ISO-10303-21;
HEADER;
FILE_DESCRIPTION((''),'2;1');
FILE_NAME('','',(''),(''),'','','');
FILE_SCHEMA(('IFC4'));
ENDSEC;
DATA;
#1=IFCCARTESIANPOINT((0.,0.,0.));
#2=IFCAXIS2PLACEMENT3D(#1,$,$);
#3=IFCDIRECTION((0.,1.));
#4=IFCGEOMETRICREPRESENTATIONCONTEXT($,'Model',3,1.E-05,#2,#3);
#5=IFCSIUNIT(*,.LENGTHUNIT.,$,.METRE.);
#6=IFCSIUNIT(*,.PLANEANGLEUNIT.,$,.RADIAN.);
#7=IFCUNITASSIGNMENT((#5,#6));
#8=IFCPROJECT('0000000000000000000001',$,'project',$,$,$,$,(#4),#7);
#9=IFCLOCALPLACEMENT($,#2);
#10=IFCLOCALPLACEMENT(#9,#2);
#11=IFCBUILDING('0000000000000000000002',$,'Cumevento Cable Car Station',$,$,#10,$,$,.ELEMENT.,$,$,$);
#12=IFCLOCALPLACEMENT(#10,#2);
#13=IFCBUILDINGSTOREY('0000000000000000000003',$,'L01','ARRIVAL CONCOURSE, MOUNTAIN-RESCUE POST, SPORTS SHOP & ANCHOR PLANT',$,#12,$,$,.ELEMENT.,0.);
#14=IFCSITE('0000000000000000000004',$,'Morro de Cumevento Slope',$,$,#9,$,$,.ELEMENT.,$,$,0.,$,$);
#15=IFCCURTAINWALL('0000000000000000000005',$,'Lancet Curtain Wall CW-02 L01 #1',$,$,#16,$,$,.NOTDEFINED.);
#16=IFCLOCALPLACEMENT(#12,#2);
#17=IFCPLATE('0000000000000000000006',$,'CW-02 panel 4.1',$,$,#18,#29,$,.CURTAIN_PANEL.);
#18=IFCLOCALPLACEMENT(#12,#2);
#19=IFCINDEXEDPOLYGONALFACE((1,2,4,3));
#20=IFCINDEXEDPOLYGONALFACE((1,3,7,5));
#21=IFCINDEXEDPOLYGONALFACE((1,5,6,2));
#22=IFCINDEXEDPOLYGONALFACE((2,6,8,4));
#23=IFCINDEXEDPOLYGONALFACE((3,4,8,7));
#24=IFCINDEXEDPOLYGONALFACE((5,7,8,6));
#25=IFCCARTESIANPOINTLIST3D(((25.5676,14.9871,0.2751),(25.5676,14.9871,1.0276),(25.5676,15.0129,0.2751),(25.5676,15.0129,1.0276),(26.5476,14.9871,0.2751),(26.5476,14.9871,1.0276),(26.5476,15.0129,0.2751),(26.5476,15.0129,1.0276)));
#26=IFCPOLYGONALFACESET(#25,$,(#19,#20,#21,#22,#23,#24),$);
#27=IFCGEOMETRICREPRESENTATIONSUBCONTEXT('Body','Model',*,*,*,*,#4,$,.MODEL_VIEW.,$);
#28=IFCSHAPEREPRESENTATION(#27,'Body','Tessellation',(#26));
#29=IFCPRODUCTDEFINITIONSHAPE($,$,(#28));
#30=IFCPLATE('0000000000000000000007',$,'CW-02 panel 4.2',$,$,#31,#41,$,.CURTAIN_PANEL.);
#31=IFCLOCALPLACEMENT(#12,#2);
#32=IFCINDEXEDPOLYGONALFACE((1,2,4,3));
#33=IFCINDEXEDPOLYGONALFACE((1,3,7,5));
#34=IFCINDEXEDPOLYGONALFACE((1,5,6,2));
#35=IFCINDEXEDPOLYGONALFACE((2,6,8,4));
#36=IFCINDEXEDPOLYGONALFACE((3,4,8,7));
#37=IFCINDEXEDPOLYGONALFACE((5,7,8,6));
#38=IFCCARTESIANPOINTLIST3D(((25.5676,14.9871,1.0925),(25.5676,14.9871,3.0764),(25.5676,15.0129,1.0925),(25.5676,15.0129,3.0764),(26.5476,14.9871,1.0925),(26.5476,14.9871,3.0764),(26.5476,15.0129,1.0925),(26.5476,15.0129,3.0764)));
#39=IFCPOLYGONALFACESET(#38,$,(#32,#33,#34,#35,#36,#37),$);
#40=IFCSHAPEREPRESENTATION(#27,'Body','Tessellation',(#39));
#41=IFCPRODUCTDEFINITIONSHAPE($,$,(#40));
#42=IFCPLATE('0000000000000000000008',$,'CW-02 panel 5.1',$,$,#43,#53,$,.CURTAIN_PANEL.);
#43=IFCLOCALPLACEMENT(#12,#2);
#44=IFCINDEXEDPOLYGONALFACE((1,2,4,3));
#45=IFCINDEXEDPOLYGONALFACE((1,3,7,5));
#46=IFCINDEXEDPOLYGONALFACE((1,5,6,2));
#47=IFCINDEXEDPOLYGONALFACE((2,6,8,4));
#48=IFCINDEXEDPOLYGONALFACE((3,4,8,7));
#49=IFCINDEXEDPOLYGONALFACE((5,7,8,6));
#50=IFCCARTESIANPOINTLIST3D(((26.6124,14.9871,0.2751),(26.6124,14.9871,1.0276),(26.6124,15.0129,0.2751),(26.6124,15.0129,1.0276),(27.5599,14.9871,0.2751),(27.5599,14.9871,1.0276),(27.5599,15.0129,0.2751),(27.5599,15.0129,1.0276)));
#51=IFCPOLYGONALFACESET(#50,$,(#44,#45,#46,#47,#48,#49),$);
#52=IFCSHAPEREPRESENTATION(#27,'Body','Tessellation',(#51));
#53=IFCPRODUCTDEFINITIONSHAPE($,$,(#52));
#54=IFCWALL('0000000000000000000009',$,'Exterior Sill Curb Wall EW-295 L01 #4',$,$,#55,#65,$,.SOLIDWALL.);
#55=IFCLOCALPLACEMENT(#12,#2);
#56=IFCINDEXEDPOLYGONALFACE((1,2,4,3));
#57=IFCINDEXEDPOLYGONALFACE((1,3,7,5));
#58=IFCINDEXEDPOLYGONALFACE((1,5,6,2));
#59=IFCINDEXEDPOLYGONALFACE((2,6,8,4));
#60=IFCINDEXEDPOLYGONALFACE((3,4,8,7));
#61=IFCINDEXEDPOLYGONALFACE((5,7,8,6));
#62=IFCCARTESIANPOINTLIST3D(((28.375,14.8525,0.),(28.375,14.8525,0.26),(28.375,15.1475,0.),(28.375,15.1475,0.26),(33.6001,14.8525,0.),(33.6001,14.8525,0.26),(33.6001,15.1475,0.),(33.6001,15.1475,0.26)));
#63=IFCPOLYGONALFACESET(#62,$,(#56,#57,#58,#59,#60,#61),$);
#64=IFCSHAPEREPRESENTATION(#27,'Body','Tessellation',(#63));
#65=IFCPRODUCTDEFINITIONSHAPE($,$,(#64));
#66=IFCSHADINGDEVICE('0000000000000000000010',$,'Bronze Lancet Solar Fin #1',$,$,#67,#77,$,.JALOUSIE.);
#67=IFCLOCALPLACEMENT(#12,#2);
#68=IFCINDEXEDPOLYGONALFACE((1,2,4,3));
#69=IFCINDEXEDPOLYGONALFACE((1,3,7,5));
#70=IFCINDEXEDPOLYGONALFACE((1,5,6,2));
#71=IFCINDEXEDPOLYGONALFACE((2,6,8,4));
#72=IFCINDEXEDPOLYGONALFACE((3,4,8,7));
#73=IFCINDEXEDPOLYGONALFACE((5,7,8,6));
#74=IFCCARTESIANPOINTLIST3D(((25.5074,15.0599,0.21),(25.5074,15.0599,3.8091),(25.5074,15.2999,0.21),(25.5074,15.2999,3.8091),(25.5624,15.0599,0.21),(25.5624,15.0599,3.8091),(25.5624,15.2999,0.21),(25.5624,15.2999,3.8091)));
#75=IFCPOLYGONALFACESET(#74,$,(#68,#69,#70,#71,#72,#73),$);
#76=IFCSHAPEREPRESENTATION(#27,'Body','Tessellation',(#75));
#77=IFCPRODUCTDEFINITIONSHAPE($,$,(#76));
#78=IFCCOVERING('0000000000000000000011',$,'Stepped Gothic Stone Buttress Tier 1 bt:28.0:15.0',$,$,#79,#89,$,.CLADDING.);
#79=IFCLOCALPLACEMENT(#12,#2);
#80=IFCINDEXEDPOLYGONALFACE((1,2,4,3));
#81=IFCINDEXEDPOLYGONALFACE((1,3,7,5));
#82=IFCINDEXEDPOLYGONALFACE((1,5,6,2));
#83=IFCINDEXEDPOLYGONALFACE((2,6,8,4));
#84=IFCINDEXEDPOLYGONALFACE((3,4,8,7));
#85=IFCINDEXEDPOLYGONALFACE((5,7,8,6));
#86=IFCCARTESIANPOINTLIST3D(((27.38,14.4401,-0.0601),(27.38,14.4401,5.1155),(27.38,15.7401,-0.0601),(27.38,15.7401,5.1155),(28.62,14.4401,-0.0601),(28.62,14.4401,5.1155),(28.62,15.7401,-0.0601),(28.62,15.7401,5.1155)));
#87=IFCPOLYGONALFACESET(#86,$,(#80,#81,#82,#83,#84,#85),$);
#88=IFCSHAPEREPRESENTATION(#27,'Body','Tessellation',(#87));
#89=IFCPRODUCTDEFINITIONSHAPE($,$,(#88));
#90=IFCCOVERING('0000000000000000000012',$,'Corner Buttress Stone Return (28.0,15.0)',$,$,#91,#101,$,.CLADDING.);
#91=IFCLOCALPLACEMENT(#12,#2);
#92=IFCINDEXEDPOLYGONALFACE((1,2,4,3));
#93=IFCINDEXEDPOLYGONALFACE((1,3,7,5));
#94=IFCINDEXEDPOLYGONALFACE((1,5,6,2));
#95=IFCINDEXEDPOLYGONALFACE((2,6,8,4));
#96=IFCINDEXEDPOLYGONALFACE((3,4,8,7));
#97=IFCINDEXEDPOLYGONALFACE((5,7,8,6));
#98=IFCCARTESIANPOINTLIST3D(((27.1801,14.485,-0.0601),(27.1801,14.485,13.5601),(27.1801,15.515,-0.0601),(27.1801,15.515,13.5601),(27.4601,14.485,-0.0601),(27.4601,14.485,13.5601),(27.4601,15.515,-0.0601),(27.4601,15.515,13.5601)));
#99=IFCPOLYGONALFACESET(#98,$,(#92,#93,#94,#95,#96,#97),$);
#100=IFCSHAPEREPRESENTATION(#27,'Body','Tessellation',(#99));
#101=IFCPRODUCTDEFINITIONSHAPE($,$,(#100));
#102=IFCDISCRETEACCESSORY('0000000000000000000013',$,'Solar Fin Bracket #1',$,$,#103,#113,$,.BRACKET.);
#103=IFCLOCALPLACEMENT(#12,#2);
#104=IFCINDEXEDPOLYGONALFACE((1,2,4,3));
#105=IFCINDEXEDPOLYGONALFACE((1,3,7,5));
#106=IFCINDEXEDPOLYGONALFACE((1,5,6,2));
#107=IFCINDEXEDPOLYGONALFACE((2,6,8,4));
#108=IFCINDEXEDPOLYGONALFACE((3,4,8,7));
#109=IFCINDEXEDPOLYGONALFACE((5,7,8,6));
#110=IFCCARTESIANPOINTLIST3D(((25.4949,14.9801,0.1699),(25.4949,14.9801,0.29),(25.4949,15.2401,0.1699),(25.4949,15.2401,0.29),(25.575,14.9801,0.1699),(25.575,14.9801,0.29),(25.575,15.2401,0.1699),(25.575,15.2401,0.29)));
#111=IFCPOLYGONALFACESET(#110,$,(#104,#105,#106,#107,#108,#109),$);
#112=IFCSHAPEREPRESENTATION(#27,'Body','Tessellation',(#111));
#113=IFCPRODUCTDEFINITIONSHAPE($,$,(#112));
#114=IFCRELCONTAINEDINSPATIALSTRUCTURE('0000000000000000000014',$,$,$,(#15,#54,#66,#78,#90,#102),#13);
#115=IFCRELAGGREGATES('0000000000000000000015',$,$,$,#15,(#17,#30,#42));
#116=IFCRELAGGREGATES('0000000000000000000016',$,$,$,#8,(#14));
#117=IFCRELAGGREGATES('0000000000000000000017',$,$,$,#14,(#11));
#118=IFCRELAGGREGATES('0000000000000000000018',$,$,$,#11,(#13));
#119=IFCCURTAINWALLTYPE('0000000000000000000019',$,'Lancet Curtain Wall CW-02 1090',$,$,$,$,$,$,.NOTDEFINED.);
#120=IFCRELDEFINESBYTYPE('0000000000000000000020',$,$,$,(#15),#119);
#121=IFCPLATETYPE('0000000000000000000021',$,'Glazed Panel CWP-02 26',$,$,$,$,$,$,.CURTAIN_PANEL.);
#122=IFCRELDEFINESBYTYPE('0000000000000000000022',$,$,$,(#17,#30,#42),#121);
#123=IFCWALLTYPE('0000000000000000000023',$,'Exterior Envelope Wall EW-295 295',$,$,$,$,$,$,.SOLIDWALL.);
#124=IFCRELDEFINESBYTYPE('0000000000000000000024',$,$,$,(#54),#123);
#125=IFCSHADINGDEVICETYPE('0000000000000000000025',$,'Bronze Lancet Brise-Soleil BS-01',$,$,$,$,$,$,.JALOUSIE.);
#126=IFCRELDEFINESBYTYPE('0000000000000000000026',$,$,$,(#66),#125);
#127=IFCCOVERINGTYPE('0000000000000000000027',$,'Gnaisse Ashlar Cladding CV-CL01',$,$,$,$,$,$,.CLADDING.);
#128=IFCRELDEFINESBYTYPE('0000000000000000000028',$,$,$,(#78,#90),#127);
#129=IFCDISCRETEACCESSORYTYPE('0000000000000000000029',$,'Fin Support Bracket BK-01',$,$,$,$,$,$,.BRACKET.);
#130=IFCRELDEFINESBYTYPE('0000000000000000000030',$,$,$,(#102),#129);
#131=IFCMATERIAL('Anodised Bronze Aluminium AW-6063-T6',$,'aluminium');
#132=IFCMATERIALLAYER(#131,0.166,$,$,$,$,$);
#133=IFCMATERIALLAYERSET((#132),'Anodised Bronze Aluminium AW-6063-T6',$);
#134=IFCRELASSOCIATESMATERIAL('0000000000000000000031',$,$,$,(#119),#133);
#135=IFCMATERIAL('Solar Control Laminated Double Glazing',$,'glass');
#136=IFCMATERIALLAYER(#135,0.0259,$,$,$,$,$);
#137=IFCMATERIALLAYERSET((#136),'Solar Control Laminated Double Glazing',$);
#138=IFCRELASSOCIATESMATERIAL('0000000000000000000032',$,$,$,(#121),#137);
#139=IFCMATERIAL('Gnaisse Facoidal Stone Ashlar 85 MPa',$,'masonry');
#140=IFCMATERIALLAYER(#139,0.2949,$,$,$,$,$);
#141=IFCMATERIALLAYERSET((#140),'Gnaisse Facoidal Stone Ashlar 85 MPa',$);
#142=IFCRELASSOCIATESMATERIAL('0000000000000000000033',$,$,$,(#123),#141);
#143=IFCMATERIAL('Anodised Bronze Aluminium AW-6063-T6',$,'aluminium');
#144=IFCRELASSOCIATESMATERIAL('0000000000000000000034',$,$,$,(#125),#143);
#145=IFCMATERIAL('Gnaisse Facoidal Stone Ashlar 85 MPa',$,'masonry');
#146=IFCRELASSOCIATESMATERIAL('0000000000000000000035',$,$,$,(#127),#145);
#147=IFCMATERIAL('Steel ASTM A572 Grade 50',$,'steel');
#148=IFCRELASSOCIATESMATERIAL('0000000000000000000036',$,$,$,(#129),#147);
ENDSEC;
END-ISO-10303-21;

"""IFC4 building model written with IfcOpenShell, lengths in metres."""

from ifc_helpers import new_model, si_unit, direction, frame, frame_2d, origin, origin_2d, place, context, subcontext, project, spatial, rectangle, extrude, material, layer, layer_set, type_object, element, aggregate, save


model = new_model("IFC4")

# Units and contexts
model_context = context("Model", 3, precision=1e-05, world=origin(), true_north=direction((0.0, 1.0)))
body_context = subcontext(model_context, "Body", "Model", "MODEL_VIEW")
ifc_project = project(units=[si_unit("LENGTHUNIT", "METRE"), si_unit("PLANEANGLEUNIT", "RADIAN")], contexts=[model_context])

# Site, building, storey
site_placement = place(None, origin())
site = spatial("IfcSite", under=ifc_project, at=site_placement, Name="Morro de Cumevento Slope", CompositionType="ELEMENT", RefElevation=0.0)
building_placement = place(site_placement, origin())
building = spatial("IfcBuilding", under=site, at=building_placement, Name="Cumevento Cable Car Station", CompositionType="ELEMENT")
storey_placement = place(building_placement, origin())
storey = spatial("IfcBuildingStorey", under=building, at=storey_placement, Name="L01", Description="ARRIVAL CONCOURSE, MOUNTAIN-RESCUE POST, SPORTS SHOP & ANCHOR PLANT", CompositionType="ELEMENT", Elevation=0.0)

# Curtain wall
ifc_material_1 = material(Name="Anodised Bronze Aluminium AW-6063-T6", Category="aluminium")
ifc_layer_1 = layer(ifc_material_1, 0.166)
ifc_layer_set_1 = layer_set([ifc_layer_1], Name="Anodised Bronze Aluminium AW-6063-T6")
curtain_wall_type_1 = type_object("IfcCurtainWallType", Name="Lancet Curtain Wall CW-02 1090", PredefinedType="NOTDEFINED", material=ifc_layer_set_1)
curtain_wall_1_placement = place(storey_placement, origin())
curtain_wall_1 = element("IfcCurtainWall", 1, at=curtain_wall_1_placement, inside=storey, type_object=curtain_wall_type_1, Name="Lancet Curtain Wall CW-02 L01 #1", PredefinedType="NOTDEFINED")

# Plates
ifc_material_2 = material(Name="Solar Control Laminated Double Glazing", Category="glass")
ifc_layer_2 = layer(ifc_material_2, 0.0259)
ifc_layer_set_2 = layer_set([ifc_layer_2], Name="Solar Control Laminated Double Glazing")
plate_type = type_object("IfcPlateType", Name="Glazed Panel CWP-02 26", PredefinedType="CURTAIN_PANEL", material=ifc_layer_set_2)
plate_1_placement = place(storey_placement, frame((26.0576, 15.0, 0.2751), z_axis=(0.0, 0.0, 1.0), x_axis=(1.0, 0.0, 0.0)))
plate_1 = element("IfcPlate", 2, at=plate_1_placement, type_object=plate_type, Name="CW-02 panel 4.1", PredefinedType="CURTAIN_PANEL", context=body_context, shape_type="SweptSolid", body=[
    extrude(rectangle(XDim=0.98, YDim=0.0259, at=origin_2d()), origin(), (0.0, 0.0, 1.0), 0.7524),
])
plate_2_placement = place(storey_placement, frame((26.0576, 15.0, 1.0925), z_axis=(0.0, 0.0, 1.0), x_axis=(1.0, 0.0, 0.0)))
plate_2 = element("IfcPlate", 3, at=plate_2_placement, type_object=plate_type, Name="CW-02 panel 4.2", PredefinedType="CURTAIN_PANEL", context=body_context, shape_type="SweptSolid", body=[
    extrude(rectangle(XDim=0.98, YDim=0.0259, at=origin_2d()), origin(), (0.0, 0.0, 1.0), 1.9839),
])
plate_3_placement = place(storey_placement, frame((27.0862, 15.0, 0.2751), z_axis=(0.0, 0.0, 1.0), x_axis=(1.0, 0.0, 0.0)))
plate_3 = element("IfcPlate", 4, at=plate_3_placement, type_object=plate_type, Name="CW-02 panel 5.1", PredefinedType="CURTAIN_PANEL", context=body_context, shape_type="SweptSolid", body=[
    extrude(rectangle(XDim=0.9475, YDim=0.0259, at=origin_2d()), origin(), (0.0, 0.0, 1.0), 0.7524),
])
aggregate(curtain_wall_1, [plate_1, plate_2, plate_3])

# Wall
ifc_material_3 = material(Name="Gnaisse Facoidal Stone Ashlar 85 MPa", Category="masonry")
ifc_layer_3 = layer(ifc_material_3, 0.2949)
ifc_layer_set_3 = layer_set([ifc_layer_3], Name="Gnaisse Facoidal Stone Ashlar 85 MPa")
wall_type = type_object("IfcWallType", Name="Exterior Envelope Wall EW-295 295", PredefinedType="SOLIDWALL", material=ifc_layer_set_3)
wall_placement = place(storey_placement, frame((28.375, 15.0, 0.0), z_axis=(0.0, 0.0, 1.0), x_axis=(1.0, 0.0, 0.0)))
element("IfcWall", 5, at=wall_placement, inside=storey, type_object=wall_type, Name="Exterior Sill Curb Wall EW-295 L01 #4", PredefinedType="SOLIDWALL", context=body_context, shape_type="SweptSolid", body=[
    extrude(rectangle(XDim=5.2251, YDim=0.2949, at=frame_2d((2.6125, 0.0))), origin(), (0.0, 0.0, 1.0), 0.26),
])

# Shading device
ifc_material_4 = material(Name="Anodised Bronze Aluminium AW-6063-T6", Category="aluminium")
shading_device_type = type_object("IfcShadingDeviceType", Name="Bronze Lancet Brise-Soleil BS-01", PredefinedType="JALOUSIE", material=ifc_material_4)
shading_device_placement = place(storey_placement, frame((25.5349, 15.1799, 0.21), z_axis=(0.0, 0.0, 1.0), x_axis=(1.0, 0.0, 0.0)))
element("IfcShadingDevice", 6, at=shading_device_placement, inside=storey, type_object=shading_device_type, Name="Bronze Lancet Solar Fin #1", PredefinedType="JALOUSIE", context=body_context, shape_type="SweptSolid", body=[
    extrude(rectangle(XDim=0.0549, YDim=0.24, at=origin_2d()), origin(), (0.0, 0.0, 1.0), 3.5991),
])

# Coverings
ifc_material_5 = material(Name="Gnaisse Facoidal Stone Ashlar 85 MPa", Category="masonry")
covering_type = type_object("IfcCoveringType", Name="Gnaisse Ashlar Cladding CV-CL01", PredefinedType="CLADDING", material=ifc_material_5)
covering_1_placement = place(storey_placement, frame((28.0, 15.0901, -0.0601), z_axis=(0.0, 0.0, 1.0), x_axis=(-1.0, 0.0, 0.0)))
element("IfcCovering", 7, at=covering_1_placement, inside=storey, type_object=covering_type, Name="Stepped Gothic Stone Buttress Tier 1 bt:28.0:15.0", PredefinedType="CLADDING", context=body_context, shape_type="SweptSolid", body=[
    extrude(rectangle(XDim=1.24, YDim=1.3, at=origin_2d()), origin(), (0.0, 0.0, 1.0), 5.1755),
])
covering_2_placement = place(storey_placement, frame((27.3201, 15.0, -0.0601), z_axis=(0.0, 0.0, 1.0), x_axis=(1.0, 0.0, 0.0)))
element("IfcCovering", 8, at=covering_2_placement, inside=storey, type_object=covering_type, Name="Corner Buttress Stone Return (28.0,15.0)", PredefinedType="CLADDING", context=body_context, shape_type="SweptSolid", body=[
    extrude(rectangle(XDim=0.28, YDim=1.03, at=origin_2d()), origin(), (0.0, 0.0, 1.0), 13.6201),
])

# Discrete accessory
ifc_material_6 = material(Name="Steel ASTM A572 Grade 50", Category="steel")
discrete_accessory_type = type_object("IfcDiscreteAccessoryType", Name="Fin Support Bracket BK-01", PredefinedType="BRACKET", material=ifc_material_6)
discrete_accessory_placement = place(storey_placement, frame((25.5349, 15.1101, 0.1699), z_axis=(0.0, 0.0, 1.0), x_axis=(1.0, 0.0, 0.0)))
element("IfcDiscreteAccessory", 9, at=discrete_accessory_placement, inside=storey, type_object=discrete_accessory_type, Name="Solar Fin Bracket #1", PredefinedType="BRACKET", context=body_context, shape_type="SweptSolid", body=[
    extrude(rectangle(XDim=0.0801, YDim=0.26, at=origin_2d()), origin(), (0.0, 0.0, 1.0), 0.1201),
])

save(model, "model.ifc")
